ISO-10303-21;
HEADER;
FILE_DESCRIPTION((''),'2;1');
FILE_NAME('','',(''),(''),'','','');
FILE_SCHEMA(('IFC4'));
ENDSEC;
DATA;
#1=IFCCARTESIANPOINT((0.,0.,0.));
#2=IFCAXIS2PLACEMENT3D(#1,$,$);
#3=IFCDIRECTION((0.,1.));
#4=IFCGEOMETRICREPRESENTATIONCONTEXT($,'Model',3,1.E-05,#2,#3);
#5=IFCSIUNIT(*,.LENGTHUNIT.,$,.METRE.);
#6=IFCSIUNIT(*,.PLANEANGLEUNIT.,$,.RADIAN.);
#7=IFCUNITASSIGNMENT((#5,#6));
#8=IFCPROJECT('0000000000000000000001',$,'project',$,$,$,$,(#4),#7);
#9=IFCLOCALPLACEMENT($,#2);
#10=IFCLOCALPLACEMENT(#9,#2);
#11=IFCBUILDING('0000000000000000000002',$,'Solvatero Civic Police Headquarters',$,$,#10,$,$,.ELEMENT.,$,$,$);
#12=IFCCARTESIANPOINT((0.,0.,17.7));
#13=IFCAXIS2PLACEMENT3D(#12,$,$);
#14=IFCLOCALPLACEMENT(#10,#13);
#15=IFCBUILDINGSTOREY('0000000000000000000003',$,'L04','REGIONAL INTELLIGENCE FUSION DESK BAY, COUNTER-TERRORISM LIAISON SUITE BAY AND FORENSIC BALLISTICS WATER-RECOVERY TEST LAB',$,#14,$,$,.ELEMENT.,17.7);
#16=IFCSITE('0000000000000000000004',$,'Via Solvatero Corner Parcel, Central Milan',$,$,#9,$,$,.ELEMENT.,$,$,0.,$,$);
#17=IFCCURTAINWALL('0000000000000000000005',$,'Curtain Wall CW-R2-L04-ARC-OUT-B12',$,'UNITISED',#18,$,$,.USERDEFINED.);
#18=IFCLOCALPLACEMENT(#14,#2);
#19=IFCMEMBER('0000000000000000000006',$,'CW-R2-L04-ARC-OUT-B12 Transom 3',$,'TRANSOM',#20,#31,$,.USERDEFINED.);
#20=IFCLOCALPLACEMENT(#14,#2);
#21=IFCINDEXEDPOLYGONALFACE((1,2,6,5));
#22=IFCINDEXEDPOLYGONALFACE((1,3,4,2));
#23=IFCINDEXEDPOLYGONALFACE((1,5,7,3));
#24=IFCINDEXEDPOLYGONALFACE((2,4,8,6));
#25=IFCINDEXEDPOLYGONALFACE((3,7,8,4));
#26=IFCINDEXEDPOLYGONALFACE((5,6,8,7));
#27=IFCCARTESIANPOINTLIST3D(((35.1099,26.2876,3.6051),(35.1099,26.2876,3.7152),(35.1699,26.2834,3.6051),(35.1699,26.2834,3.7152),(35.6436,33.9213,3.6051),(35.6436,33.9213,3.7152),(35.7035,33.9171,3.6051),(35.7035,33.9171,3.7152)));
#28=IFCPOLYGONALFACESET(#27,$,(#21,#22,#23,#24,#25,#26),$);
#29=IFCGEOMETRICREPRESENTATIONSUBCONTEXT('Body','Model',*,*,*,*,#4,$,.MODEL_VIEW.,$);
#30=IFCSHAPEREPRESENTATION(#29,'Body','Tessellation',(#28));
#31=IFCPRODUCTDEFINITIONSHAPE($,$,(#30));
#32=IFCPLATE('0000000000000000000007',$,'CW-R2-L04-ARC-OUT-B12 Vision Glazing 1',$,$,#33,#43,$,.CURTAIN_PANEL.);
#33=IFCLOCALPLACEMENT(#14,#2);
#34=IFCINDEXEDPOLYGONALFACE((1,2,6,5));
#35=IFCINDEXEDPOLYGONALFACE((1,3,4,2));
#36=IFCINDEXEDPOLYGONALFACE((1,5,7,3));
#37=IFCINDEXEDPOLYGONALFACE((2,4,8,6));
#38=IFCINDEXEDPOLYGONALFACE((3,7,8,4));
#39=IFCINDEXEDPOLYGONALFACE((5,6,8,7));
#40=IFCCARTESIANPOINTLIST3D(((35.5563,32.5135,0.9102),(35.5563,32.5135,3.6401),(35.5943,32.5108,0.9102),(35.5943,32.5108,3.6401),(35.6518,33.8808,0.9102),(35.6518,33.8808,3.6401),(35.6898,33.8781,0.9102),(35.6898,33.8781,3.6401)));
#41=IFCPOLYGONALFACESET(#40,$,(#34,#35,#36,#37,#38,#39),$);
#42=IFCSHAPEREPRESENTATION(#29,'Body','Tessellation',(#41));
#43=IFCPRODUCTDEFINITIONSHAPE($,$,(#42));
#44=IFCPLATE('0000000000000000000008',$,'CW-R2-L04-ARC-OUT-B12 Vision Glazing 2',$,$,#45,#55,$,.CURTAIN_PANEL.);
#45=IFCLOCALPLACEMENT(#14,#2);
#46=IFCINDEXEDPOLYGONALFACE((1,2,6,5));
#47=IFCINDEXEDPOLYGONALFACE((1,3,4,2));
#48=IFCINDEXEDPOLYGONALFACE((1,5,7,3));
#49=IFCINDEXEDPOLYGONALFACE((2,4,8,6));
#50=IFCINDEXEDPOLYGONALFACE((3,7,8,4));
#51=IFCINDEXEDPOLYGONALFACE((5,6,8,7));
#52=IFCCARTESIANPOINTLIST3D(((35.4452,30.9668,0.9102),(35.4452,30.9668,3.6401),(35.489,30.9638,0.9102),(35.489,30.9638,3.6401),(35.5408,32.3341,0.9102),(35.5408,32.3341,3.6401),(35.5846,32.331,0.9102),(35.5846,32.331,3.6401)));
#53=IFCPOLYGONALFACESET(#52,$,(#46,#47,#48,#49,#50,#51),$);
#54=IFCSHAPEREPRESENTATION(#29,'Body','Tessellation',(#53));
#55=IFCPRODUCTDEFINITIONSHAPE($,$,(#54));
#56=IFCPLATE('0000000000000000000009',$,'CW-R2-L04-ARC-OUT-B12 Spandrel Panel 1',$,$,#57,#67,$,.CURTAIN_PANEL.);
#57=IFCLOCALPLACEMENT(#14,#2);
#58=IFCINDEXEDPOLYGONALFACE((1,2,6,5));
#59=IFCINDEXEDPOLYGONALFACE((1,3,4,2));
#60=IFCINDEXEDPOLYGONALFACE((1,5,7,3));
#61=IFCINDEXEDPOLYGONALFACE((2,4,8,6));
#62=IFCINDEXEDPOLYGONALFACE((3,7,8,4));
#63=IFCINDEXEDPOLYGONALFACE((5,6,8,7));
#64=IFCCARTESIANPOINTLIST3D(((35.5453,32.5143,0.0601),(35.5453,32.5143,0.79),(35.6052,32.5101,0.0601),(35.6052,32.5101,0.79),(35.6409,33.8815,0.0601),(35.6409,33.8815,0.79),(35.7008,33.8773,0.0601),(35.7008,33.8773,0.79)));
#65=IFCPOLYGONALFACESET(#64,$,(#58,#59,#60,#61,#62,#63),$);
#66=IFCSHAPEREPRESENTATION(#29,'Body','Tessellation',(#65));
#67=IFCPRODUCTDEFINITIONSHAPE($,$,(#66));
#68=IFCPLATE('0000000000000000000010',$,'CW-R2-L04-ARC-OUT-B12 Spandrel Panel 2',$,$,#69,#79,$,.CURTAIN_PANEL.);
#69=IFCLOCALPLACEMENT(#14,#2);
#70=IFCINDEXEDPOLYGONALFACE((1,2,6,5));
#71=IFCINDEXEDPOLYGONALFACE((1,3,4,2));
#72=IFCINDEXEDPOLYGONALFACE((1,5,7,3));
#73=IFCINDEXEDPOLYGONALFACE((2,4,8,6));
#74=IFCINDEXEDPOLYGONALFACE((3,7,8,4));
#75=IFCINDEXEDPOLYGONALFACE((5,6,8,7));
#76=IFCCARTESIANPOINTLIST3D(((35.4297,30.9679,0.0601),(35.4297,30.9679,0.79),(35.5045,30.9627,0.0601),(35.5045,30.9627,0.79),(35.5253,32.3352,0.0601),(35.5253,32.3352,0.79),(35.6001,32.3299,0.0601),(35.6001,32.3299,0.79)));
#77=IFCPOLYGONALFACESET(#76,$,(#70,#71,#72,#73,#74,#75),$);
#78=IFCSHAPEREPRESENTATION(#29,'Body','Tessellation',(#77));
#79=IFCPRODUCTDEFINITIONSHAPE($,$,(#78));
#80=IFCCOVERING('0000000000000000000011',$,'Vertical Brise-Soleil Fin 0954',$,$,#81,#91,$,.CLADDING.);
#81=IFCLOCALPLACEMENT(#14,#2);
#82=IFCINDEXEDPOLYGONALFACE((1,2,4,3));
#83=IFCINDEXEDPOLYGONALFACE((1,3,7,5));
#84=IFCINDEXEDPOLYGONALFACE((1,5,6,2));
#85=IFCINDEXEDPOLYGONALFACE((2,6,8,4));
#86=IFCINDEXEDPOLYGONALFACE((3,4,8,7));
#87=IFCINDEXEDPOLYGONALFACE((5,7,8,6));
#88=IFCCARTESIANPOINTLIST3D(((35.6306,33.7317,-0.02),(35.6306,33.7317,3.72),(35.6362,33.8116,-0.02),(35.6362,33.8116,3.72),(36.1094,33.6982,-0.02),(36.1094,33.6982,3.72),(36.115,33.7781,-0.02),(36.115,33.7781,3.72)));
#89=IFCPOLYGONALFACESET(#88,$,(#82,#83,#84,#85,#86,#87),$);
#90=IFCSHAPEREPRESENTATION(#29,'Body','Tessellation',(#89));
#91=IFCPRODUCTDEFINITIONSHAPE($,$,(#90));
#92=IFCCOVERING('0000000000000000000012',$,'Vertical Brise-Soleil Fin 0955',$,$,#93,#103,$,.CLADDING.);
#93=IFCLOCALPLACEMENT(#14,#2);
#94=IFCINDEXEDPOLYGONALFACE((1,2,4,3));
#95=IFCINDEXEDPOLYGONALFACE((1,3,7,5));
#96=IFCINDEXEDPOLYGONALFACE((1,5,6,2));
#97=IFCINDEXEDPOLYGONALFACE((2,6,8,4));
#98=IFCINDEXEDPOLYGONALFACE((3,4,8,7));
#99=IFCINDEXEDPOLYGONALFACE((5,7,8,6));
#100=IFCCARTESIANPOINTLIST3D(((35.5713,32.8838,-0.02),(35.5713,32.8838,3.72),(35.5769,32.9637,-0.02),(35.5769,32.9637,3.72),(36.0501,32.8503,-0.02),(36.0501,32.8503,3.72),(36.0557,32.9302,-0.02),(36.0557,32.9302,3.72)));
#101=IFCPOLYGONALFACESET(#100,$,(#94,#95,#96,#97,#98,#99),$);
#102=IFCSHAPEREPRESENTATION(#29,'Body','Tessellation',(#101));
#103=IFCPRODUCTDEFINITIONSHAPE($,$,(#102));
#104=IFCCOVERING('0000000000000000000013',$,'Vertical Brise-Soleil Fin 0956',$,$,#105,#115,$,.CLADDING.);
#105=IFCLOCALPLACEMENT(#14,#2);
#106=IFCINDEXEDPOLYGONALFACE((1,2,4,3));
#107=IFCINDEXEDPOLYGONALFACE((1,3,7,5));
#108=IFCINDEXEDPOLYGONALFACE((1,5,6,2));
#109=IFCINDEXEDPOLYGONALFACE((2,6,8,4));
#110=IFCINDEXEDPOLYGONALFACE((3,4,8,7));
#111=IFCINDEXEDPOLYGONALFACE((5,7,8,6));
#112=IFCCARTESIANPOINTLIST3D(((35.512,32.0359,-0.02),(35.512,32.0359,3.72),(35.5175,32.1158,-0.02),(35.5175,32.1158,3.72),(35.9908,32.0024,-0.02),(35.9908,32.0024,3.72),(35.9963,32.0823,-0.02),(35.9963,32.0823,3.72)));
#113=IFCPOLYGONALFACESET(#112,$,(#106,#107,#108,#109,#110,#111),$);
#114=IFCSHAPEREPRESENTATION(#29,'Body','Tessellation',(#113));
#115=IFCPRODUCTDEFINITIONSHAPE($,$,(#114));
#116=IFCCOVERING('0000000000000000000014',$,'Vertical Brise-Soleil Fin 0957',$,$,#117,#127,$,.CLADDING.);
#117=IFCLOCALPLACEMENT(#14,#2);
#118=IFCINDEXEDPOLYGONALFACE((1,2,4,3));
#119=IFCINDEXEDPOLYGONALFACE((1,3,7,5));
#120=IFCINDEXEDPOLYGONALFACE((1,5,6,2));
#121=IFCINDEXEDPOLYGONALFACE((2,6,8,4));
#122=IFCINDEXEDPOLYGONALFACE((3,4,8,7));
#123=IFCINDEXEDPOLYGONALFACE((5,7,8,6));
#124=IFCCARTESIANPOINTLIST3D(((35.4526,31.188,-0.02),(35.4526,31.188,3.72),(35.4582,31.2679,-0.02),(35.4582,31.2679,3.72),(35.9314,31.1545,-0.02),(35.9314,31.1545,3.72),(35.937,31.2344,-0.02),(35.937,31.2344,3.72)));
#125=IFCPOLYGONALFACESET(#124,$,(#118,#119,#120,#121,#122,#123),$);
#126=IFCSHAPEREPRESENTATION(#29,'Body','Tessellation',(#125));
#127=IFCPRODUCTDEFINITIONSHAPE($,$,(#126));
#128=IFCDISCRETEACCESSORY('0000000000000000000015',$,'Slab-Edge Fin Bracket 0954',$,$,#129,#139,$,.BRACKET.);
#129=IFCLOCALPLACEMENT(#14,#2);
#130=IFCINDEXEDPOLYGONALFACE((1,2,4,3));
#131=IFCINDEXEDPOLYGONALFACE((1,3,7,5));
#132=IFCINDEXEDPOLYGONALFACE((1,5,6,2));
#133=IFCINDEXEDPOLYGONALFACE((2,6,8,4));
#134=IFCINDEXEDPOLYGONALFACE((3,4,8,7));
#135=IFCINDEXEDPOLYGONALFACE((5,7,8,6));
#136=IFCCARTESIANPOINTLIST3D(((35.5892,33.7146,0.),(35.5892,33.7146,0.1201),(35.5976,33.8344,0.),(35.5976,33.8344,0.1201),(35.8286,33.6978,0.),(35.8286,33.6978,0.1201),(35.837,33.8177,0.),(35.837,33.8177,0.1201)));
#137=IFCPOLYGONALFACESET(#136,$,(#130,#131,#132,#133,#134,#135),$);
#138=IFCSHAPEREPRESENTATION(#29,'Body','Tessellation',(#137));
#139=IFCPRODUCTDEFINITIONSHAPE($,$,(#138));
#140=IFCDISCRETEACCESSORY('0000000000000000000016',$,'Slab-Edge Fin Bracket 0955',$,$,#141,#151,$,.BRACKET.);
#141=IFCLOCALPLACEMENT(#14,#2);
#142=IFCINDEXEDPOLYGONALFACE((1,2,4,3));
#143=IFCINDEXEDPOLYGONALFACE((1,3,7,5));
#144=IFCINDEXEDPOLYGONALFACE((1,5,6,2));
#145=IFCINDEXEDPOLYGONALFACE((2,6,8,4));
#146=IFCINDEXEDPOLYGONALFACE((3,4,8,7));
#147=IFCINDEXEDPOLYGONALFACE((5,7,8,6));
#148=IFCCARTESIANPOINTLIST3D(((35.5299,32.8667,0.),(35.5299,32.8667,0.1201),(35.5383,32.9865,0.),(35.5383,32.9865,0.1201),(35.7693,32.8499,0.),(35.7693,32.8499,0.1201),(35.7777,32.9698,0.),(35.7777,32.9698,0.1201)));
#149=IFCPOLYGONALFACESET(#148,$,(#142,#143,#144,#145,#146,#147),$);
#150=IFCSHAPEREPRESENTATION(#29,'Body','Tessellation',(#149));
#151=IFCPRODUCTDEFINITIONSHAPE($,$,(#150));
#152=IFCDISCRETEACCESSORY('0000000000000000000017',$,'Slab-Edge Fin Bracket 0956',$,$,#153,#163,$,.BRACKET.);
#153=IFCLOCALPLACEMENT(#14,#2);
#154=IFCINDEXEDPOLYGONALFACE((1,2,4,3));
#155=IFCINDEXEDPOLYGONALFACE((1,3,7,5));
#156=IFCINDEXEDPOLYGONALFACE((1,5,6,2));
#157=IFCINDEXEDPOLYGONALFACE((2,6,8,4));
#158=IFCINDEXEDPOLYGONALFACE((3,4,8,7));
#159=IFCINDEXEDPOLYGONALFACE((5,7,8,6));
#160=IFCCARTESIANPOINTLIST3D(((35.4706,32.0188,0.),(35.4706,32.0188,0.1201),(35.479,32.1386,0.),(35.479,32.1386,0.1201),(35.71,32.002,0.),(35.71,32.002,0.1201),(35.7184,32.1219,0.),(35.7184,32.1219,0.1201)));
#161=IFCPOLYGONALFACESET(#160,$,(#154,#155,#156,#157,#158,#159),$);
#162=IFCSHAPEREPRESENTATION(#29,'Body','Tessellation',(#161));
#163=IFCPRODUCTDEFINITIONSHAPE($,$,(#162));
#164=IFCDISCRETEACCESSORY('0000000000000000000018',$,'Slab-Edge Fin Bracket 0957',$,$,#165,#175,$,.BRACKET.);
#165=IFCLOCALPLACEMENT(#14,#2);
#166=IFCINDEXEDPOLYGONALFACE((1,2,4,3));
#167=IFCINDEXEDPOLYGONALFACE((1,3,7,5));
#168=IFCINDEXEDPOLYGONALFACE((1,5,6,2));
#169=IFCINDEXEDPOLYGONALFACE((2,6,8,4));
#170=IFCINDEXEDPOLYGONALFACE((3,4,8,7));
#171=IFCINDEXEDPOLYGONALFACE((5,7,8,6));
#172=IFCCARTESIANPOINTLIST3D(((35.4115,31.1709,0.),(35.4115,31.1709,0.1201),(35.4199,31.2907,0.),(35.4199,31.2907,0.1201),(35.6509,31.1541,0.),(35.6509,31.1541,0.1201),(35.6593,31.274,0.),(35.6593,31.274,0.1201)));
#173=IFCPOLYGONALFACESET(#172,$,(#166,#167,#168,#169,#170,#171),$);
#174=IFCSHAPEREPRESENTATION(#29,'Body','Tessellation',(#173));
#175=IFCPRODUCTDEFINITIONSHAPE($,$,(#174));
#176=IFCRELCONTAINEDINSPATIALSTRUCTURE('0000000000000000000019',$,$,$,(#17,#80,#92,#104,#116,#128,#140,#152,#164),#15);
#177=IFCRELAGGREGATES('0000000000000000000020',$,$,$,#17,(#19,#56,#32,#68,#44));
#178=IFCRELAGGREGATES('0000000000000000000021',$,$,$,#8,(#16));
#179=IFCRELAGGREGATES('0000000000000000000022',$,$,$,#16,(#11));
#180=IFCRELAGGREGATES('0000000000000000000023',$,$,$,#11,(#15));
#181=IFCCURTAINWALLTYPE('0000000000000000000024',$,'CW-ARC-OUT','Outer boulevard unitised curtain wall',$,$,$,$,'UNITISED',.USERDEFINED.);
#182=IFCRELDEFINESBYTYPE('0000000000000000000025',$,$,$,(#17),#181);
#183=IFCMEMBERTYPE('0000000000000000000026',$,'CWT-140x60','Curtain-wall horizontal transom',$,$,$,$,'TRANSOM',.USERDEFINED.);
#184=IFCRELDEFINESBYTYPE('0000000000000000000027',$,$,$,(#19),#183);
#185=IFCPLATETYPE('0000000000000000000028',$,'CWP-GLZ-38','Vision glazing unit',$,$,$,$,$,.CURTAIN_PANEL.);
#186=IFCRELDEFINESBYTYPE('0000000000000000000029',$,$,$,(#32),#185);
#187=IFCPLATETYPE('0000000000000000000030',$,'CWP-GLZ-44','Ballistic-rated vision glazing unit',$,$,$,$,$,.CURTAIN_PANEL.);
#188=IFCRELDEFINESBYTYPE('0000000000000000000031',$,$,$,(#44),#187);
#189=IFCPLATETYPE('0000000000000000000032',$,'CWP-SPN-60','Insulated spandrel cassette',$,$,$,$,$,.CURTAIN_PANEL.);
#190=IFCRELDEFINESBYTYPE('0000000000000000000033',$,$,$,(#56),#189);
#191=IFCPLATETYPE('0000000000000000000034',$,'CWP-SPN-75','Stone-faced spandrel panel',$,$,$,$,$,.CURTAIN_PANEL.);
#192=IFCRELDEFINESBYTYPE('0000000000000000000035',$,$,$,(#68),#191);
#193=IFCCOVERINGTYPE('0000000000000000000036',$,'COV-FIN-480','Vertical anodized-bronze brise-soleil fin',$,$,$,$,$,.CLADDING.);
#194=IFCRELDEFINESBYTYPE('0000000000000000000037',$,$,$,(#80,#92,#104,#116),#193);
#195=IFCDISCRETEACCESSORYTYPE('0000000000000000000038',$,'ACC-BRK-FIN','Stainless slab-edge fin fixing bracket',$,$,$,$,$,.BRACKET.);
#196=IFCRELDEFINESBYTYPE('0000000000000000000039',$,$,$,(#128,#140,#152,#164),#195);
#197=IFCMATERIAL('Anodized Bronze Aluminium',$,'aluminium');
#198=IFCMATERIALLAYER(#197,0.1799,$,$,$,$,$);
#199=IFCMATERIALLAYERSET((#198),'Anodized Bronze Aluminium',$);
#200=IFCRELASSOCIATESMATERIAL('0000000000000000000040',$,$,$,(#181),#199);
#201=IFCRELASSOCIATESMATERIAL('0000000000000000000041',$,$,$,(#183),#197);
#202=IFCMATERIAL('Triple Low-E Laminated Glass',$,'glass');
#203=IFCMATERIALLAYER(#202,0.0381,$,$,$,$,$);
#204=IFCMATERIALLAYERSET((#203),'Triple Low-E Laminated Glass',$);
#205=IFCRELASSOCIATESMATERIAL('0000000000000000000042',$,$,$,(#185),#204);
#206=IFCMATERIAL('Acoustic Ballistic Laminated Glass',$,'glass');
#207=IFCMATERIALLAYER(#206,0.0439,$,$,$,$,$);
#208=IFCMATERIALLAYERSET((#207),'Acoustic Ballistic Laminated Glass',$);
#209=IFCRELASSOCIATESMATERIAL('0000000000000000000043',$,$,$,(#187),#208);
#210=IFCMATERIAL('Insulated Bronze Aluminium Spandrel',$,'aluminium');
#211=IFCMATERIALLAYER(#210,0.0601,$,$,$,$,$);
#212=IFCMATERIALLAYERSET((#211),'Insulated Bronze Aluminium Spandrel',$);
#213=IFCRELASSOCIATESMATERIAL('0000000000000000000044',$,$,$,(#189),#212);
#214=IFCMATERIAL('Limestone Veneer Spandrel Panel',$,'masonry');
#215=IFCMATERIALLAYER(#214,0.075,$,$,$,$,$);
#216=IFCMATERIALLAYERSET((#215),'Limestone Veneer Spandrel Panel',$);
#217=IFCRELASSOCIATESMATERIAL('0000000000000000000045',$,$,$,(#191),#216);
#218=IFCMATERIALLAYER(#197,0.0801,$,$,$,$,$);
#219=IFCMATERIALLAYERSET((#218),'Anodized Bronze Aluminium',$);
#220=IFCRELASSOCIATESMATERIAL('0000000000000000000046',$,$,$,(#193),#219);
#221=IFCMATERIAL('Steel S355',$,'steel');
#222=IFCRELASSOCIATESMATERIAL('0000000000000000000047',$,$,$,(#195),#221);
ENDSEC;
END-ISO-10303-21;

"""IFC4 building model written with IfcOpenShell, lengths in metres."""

from ifc_helpers import new_model, si_unit, direction, frame, origin, origin_2d, place, context, subcontext, project, spatial, rectangle, extrude, material, layer, layer_set, material_profile, profile_set, type_object, element, aggregate, save


model = new_model("IFC4")

# Units and contexts
model_context = context("Model", 3, precision=1e-05, world=origin(), true_north=direction((0.0, 1.0)))
body_context = subcontext(model_context, "Body", "Model", "MODEL_VIEW")
ifc_project = project(units=[si_unit("LENGTHUNIT", "METRE"), si_unit("PLANEANGLEUNIT", "RADIAN")], contexts=[model_context])

# Site, building, storey
site_placement = place(None, origin())
site = spatial("IfcSite", under=ifc_project, at=site_placement, Name="Via Solvatero Corner Parcel, Central Milan", CompositionType="ELEMENT", RefElevation=0.0)
building_placement = place(site_placement, origin())
building = spatial("IfcBuilding", under=site, at=building_placement, Name="Solvatero Civic Police Headquarters", CompositionType="ELEMENT")
storey_placement = place(building_placement, frame((0.0, 0.0, 17.7)))
storey = spatial("IfcBuildingStorey", under=building, at=storey_placement, Name="L04", Description="REGIONAL INTELLIGENCE FUSION DESK BAY, COUNTER-TERRORISM LIAISON SUITE BAY AND FORENSIC BALLISTICS WATER-RECOVERY TEST LAB", CompositionType="ELEMENT", Elevation=17.7)

# Shared definitions
ifc_material_1 = material(Name="Steel S355", Category="steel")

# Shared definitions
ifc_material_2 = material(Name="Anodized Bronze Aluminium", Category="aluminium")
ifc_layer_1 = layer(ifc_material_2, 0.1799)
ifc_layer_set_1 = layer_set([ifc_layer_1], Name="Anodized Bronze Aluminium")
curtain_wall_type = type_object("IfcCurtainWallType", Name="CW-ARC-OUT", Description="Outer boulevard unitised curtain wall", ElementType="UNITISED", PredefinedType="USERDEFINED", material=ifc_layer_set_1)

# Curtain wall, member, plates
curtain_wall_1_placement = place(storey_placement, origin())
curtain_wall_1 = element("IfcCurtainWall", 1, at=curtain_wall_1_placement, inside=storey, type_object=curtain_wall_type, Name="Curtain Wall CW-R2-L04-ARC-OUT-B12", ObjectType="UNITISED", PredefinedType="USERDEFINED")
ifc_material_profile_1 = material_profile(ifc_material_2, rectangle(XDim=0.0601, YDim=0.1101, at=origin_2d()), Name="ALU TRANSOM 60x110")
ifc_profile_set_1 = profile_set([ifc_material_profile_1], Name="Anodized Bronze Aluminium")
member_type_1 = type_object("IfcMemberType", Name="CWT-140x60", Description="Curtain-wall horizontal transom", ElementType="TRANSOM", PredefinedType="USERDEFINED", material=ifc_profile_set_1)
member_1_placement = place(storey_placement, frame((35.6736, 33.9192, 3.6602), z_axis=(-0.069742, -0.997565, 0.0), x_axis=(0.997565, -0.069742, 0.0)))
member_1 = element("IfcMember", 2, at=member_1_placement, type_object=member_type_1, Name="CW-R2-L04-ARC-OUT-B12 Transom 3", ObjectType="TRANSOM", PredefinedType="USERDEFINED", context=body_context, shape_type="SweptSolid", body=[
    extrude(rectangle(XDim=0.0601, YDim=0.1101, at=origin_2d()), origin(), (0.0, 0.0, 1.0), 7.6523),
])
ifc_material_3 = material(Name="Triple Low-E Laminated Glass", Category="glass")
ifc_layer_2 = layer(ifc_material_3, 0.0381)
ifc_layer_set_2 = layer_set([ifc_layer_2], Name="Triple Low-E Laminated Glass")
plate_type_1 = type_object("IfcPlateType", Name="CWP-GLZ-38", Description="Vision glazing unit", PredefinedType="CURTAIN_PANEL", material=ifc_layer_set_2)
plate_1_placement = place(storey_placement, frame((35.623, 33.1958, 0.9102), z_axis=(0.0, 0.0, 1.0), x_axis=(-0.069739, -0.997565, 0.0)))
plate_1 = element("IfcPlate", 3, at=plate_1_placement, type_object=plate_type_1, Name="CW-R2-L04-ARC-OUT-B12 Vision Glazing 1", PredefinedType="CURTAIN_PANEL", context=body_context, shape_type="SweptSolid", body=[
    extrude(rectangle(XDim=1.3706, YDim=0.0381, at=origin_2d()), origin(), (0.0, 0.0, 1.0), 2.73),
])
ifc_material_4 = material(Name="Acoustic Ballistic Laminated Glass", Category="glass")
ifc_layer_3 = layer(ifc_material_4, 0.0439)
ifc_layer_set_3 = layer_set([ifc_layer_3], Name="Acoustic Ballistic Laminated Glass")
plate_type_2 = type_object("IfcPlateType", Name="CWP-GLZ-44", Description="Ballistic-rated vision glazing unit", PredefinedType="CURTAIN_PANEL", material=ifc_layer_set_3)
plate_2_placement = place(storey_placement, frame((35.5149, 31.6489, 0.9102), z_axis=(0.0, 0.0, 1.0), x_axis=(-0.069739, -0.997565, 0.0)))
plate_2 = element("IfcPlate", 4, at=plate_2_placement, type_object=plate_type_2, Name="CW-R2-L04-ARC-OUT-B12 Vision Glazing 2", PredefinedType="CURTAIN_PANEL", context=body_context, shape_type="SweptSolid", body=[
    extrude(rectangle(XDim=1.3706, YDim=0.0439, at=origin_2d()), origin(), (0.0, 0.0, 1.0), 2.73),
])
ifc_material_5 = material(Name="Insulated Bronze Aluminium Spandrel", Category="aluminium")
ifc_layer_4 = layer(ifc_material_5, 0.0601)
ifc_layer_set_4 = layer_set([ifc_layer_4], Name="Insulated Bronze Aluminium Spandrel")
plate_type_3 = type_object("IfcPlateType", Name="CWP-SPN-60", Description="Insulated spandrel cassette", PredefinedType="CURTAIN_PANEL", material=ifc_layer_set_4)
plate_3_placement = place(storey_placement, frame((35.623, 33.1958, 0.0601), z_axis=(0.0, 0.0, 1.0), x_axis=(-0.069739, -0.997565, 0.0)))
plate_3 = element("IfcPlate", 5, at=plate_3_placement, type_object=plate_type_3, Name="CW-R2-L04-ARC-OUT-B12 Spandrel Panel 1", PredefinedType="CURTAIN_PANEL", context=body_context, shape_type="SweptSolid", body=[
    extrude(rectangle(XDim=1.3706, YDim=0.0601, at=origin_2d()), origin(), (0.0, 0.0, 1.0), 0.73),
])
ifc_material_6 = material(Name="Limestone Veneer Spandrel Panel", Category="masonry")
ifc_layer_5 = layer(ifc_material_6, 0.075)
ifc_layer_set_5 = layer_set([ifc_layer_5], Name="Limestone Veneer Spandrel Panel")
plate_type_4 = type_object("IfcPlateType", Name="CWP-SPN-75", Description="Stone-faced spandrel panel", PredefinedType="CURTAIN_PANEL", material=ifc_layer_set_5)
plate_4_placement = place(storey_placement, frame((35.5149, 31.6489, 0.0601), z_axis=(0.0, 0.0, 1.0), x_axis=(-0.069739, -0.997565, 0.0)))
plate_4 = element("IfcPlate", 6, at=plate_4_placement, type_object=plate_type_4, Name="CW-R2-L04-ARC-OUT-B12 Spandrel Panel 2", PredefinedType="CURTAIN_PANEL", context=body_context, shape_type="SweptSolid", body=[
    extrude(rectangle(XDim=1.3706, YDim=0.075, at=origin_2d()), origin(), (0.0, 0.0, 1.0), 0.73),
])
aggregate(curtain_wall_1, [member_1, plate_3, plate_1, plate_4, plate_2])

# Coverings
ifc_layer_6 = layer(ifc_material_2, 0.0801)
ifc_layer_set_6 = layer_set([ifc_layer_6], Name="Anodized Bronze Aluminium")
covering_type = type_object("IfcCoveringType", Name="COV-FIN-480", Description="Vertical anodized-bronze brise-soleil fin", PredefinedType="CLADDING", material=ifc_layer_set_6)
for number, where, z_axis, x_axis, name in (
    (7, (35.8728, 33.7549, -0.02), (0.0, 0.0, 1.0), (-0.069739, -0.997565, 0.0), "Vertical Brise-Soleil Fin 0954"),
    (8, (35.8135, 32.907, -0.02), (0.0, 0.0, 1.0), (-0.069739, -0.997565, 0.0), "Vertical Brise-Soleil Fin 0955"),
    (9, (35.7542, 32.0591, -0.02), (0.0, 0.0, 1.0), (-0.069739, -0.997565, 0.0), "Vertical Brise-Soleil Fin 0956"),
    (10, (35.6948, 31.2112, -0.02), (0.0, 0.0, 1.0), (-0.069739, -0.997565, 0.0), "Vertical Brise-Soleil Fin 0957"),
):
    element("IfcCovering", number, at=place(storey_placement, frame(where, z_axis=z_axis, x_axis=x_axis)), inside=storey, type_object=covering_type, Name=name, PredefinedType="CLADDING", context=body_context, shape_type="SweptSolid", body=[
        extrude(rectangle(XDim=0.0801, YDim=0.48, at=origin_2d()), origin(), (0.0, 0.0, 1.0), 3.74),
    ])

# Discrete accessories
discrete_accessory_type = type_object("IfcDiscreteAccessoryType", Name="ACC-BRK-FIN", Description="Stainless slab-edge fin fixing bracket", PredefinedType="BRACKET", material=ifc_material_1)
for number, where, z_axis, x_axis, name in (
    (11, (35.7131, 33.7661, 0.0), (0.0, 0.0, 1.0), (-0.069739, -0.997565, 0.0), "Slab-Edge Fin Bracket 0954"),
    (12, (35.6538, 32.9182, 0.0), (0.0, 0.0, 1.0), (-0.069739, -0.997565, 0.0), "Slab-Edge Fin Bracket 0955"),
    (13, (35.5945, 32.0703, 0.0), (0.0, 0.0, 1.0), (-0.069739, -0.997565, 0.0), "Slab-Edge Fin Bracket 0956"),
    (14, (35.5354, 31.2224, 0.0), (0.0, 0.0, 1.0), (-0.069739, -0.997565, 0.0), "Slab-Edge Fin Bracket 0957"),
):
    element("IfcDiscreteAccessory", number, at=place(storey_placement, frame(where, z_axis=z_axis, x_axis=x_axis)), inside=storey, type_object=discrete_accessory_type, Name=name, PredefinedType="BRACKET", context=body_context, shape_type="SweptSolid", body=[
        extrude(rectangle(XDim=0.1201, YDim=0.24, at=origin_2d()), origin(), (0.0, 0.0, 1.0), 0.1201),
    ])

save(model, "model.ifc")
